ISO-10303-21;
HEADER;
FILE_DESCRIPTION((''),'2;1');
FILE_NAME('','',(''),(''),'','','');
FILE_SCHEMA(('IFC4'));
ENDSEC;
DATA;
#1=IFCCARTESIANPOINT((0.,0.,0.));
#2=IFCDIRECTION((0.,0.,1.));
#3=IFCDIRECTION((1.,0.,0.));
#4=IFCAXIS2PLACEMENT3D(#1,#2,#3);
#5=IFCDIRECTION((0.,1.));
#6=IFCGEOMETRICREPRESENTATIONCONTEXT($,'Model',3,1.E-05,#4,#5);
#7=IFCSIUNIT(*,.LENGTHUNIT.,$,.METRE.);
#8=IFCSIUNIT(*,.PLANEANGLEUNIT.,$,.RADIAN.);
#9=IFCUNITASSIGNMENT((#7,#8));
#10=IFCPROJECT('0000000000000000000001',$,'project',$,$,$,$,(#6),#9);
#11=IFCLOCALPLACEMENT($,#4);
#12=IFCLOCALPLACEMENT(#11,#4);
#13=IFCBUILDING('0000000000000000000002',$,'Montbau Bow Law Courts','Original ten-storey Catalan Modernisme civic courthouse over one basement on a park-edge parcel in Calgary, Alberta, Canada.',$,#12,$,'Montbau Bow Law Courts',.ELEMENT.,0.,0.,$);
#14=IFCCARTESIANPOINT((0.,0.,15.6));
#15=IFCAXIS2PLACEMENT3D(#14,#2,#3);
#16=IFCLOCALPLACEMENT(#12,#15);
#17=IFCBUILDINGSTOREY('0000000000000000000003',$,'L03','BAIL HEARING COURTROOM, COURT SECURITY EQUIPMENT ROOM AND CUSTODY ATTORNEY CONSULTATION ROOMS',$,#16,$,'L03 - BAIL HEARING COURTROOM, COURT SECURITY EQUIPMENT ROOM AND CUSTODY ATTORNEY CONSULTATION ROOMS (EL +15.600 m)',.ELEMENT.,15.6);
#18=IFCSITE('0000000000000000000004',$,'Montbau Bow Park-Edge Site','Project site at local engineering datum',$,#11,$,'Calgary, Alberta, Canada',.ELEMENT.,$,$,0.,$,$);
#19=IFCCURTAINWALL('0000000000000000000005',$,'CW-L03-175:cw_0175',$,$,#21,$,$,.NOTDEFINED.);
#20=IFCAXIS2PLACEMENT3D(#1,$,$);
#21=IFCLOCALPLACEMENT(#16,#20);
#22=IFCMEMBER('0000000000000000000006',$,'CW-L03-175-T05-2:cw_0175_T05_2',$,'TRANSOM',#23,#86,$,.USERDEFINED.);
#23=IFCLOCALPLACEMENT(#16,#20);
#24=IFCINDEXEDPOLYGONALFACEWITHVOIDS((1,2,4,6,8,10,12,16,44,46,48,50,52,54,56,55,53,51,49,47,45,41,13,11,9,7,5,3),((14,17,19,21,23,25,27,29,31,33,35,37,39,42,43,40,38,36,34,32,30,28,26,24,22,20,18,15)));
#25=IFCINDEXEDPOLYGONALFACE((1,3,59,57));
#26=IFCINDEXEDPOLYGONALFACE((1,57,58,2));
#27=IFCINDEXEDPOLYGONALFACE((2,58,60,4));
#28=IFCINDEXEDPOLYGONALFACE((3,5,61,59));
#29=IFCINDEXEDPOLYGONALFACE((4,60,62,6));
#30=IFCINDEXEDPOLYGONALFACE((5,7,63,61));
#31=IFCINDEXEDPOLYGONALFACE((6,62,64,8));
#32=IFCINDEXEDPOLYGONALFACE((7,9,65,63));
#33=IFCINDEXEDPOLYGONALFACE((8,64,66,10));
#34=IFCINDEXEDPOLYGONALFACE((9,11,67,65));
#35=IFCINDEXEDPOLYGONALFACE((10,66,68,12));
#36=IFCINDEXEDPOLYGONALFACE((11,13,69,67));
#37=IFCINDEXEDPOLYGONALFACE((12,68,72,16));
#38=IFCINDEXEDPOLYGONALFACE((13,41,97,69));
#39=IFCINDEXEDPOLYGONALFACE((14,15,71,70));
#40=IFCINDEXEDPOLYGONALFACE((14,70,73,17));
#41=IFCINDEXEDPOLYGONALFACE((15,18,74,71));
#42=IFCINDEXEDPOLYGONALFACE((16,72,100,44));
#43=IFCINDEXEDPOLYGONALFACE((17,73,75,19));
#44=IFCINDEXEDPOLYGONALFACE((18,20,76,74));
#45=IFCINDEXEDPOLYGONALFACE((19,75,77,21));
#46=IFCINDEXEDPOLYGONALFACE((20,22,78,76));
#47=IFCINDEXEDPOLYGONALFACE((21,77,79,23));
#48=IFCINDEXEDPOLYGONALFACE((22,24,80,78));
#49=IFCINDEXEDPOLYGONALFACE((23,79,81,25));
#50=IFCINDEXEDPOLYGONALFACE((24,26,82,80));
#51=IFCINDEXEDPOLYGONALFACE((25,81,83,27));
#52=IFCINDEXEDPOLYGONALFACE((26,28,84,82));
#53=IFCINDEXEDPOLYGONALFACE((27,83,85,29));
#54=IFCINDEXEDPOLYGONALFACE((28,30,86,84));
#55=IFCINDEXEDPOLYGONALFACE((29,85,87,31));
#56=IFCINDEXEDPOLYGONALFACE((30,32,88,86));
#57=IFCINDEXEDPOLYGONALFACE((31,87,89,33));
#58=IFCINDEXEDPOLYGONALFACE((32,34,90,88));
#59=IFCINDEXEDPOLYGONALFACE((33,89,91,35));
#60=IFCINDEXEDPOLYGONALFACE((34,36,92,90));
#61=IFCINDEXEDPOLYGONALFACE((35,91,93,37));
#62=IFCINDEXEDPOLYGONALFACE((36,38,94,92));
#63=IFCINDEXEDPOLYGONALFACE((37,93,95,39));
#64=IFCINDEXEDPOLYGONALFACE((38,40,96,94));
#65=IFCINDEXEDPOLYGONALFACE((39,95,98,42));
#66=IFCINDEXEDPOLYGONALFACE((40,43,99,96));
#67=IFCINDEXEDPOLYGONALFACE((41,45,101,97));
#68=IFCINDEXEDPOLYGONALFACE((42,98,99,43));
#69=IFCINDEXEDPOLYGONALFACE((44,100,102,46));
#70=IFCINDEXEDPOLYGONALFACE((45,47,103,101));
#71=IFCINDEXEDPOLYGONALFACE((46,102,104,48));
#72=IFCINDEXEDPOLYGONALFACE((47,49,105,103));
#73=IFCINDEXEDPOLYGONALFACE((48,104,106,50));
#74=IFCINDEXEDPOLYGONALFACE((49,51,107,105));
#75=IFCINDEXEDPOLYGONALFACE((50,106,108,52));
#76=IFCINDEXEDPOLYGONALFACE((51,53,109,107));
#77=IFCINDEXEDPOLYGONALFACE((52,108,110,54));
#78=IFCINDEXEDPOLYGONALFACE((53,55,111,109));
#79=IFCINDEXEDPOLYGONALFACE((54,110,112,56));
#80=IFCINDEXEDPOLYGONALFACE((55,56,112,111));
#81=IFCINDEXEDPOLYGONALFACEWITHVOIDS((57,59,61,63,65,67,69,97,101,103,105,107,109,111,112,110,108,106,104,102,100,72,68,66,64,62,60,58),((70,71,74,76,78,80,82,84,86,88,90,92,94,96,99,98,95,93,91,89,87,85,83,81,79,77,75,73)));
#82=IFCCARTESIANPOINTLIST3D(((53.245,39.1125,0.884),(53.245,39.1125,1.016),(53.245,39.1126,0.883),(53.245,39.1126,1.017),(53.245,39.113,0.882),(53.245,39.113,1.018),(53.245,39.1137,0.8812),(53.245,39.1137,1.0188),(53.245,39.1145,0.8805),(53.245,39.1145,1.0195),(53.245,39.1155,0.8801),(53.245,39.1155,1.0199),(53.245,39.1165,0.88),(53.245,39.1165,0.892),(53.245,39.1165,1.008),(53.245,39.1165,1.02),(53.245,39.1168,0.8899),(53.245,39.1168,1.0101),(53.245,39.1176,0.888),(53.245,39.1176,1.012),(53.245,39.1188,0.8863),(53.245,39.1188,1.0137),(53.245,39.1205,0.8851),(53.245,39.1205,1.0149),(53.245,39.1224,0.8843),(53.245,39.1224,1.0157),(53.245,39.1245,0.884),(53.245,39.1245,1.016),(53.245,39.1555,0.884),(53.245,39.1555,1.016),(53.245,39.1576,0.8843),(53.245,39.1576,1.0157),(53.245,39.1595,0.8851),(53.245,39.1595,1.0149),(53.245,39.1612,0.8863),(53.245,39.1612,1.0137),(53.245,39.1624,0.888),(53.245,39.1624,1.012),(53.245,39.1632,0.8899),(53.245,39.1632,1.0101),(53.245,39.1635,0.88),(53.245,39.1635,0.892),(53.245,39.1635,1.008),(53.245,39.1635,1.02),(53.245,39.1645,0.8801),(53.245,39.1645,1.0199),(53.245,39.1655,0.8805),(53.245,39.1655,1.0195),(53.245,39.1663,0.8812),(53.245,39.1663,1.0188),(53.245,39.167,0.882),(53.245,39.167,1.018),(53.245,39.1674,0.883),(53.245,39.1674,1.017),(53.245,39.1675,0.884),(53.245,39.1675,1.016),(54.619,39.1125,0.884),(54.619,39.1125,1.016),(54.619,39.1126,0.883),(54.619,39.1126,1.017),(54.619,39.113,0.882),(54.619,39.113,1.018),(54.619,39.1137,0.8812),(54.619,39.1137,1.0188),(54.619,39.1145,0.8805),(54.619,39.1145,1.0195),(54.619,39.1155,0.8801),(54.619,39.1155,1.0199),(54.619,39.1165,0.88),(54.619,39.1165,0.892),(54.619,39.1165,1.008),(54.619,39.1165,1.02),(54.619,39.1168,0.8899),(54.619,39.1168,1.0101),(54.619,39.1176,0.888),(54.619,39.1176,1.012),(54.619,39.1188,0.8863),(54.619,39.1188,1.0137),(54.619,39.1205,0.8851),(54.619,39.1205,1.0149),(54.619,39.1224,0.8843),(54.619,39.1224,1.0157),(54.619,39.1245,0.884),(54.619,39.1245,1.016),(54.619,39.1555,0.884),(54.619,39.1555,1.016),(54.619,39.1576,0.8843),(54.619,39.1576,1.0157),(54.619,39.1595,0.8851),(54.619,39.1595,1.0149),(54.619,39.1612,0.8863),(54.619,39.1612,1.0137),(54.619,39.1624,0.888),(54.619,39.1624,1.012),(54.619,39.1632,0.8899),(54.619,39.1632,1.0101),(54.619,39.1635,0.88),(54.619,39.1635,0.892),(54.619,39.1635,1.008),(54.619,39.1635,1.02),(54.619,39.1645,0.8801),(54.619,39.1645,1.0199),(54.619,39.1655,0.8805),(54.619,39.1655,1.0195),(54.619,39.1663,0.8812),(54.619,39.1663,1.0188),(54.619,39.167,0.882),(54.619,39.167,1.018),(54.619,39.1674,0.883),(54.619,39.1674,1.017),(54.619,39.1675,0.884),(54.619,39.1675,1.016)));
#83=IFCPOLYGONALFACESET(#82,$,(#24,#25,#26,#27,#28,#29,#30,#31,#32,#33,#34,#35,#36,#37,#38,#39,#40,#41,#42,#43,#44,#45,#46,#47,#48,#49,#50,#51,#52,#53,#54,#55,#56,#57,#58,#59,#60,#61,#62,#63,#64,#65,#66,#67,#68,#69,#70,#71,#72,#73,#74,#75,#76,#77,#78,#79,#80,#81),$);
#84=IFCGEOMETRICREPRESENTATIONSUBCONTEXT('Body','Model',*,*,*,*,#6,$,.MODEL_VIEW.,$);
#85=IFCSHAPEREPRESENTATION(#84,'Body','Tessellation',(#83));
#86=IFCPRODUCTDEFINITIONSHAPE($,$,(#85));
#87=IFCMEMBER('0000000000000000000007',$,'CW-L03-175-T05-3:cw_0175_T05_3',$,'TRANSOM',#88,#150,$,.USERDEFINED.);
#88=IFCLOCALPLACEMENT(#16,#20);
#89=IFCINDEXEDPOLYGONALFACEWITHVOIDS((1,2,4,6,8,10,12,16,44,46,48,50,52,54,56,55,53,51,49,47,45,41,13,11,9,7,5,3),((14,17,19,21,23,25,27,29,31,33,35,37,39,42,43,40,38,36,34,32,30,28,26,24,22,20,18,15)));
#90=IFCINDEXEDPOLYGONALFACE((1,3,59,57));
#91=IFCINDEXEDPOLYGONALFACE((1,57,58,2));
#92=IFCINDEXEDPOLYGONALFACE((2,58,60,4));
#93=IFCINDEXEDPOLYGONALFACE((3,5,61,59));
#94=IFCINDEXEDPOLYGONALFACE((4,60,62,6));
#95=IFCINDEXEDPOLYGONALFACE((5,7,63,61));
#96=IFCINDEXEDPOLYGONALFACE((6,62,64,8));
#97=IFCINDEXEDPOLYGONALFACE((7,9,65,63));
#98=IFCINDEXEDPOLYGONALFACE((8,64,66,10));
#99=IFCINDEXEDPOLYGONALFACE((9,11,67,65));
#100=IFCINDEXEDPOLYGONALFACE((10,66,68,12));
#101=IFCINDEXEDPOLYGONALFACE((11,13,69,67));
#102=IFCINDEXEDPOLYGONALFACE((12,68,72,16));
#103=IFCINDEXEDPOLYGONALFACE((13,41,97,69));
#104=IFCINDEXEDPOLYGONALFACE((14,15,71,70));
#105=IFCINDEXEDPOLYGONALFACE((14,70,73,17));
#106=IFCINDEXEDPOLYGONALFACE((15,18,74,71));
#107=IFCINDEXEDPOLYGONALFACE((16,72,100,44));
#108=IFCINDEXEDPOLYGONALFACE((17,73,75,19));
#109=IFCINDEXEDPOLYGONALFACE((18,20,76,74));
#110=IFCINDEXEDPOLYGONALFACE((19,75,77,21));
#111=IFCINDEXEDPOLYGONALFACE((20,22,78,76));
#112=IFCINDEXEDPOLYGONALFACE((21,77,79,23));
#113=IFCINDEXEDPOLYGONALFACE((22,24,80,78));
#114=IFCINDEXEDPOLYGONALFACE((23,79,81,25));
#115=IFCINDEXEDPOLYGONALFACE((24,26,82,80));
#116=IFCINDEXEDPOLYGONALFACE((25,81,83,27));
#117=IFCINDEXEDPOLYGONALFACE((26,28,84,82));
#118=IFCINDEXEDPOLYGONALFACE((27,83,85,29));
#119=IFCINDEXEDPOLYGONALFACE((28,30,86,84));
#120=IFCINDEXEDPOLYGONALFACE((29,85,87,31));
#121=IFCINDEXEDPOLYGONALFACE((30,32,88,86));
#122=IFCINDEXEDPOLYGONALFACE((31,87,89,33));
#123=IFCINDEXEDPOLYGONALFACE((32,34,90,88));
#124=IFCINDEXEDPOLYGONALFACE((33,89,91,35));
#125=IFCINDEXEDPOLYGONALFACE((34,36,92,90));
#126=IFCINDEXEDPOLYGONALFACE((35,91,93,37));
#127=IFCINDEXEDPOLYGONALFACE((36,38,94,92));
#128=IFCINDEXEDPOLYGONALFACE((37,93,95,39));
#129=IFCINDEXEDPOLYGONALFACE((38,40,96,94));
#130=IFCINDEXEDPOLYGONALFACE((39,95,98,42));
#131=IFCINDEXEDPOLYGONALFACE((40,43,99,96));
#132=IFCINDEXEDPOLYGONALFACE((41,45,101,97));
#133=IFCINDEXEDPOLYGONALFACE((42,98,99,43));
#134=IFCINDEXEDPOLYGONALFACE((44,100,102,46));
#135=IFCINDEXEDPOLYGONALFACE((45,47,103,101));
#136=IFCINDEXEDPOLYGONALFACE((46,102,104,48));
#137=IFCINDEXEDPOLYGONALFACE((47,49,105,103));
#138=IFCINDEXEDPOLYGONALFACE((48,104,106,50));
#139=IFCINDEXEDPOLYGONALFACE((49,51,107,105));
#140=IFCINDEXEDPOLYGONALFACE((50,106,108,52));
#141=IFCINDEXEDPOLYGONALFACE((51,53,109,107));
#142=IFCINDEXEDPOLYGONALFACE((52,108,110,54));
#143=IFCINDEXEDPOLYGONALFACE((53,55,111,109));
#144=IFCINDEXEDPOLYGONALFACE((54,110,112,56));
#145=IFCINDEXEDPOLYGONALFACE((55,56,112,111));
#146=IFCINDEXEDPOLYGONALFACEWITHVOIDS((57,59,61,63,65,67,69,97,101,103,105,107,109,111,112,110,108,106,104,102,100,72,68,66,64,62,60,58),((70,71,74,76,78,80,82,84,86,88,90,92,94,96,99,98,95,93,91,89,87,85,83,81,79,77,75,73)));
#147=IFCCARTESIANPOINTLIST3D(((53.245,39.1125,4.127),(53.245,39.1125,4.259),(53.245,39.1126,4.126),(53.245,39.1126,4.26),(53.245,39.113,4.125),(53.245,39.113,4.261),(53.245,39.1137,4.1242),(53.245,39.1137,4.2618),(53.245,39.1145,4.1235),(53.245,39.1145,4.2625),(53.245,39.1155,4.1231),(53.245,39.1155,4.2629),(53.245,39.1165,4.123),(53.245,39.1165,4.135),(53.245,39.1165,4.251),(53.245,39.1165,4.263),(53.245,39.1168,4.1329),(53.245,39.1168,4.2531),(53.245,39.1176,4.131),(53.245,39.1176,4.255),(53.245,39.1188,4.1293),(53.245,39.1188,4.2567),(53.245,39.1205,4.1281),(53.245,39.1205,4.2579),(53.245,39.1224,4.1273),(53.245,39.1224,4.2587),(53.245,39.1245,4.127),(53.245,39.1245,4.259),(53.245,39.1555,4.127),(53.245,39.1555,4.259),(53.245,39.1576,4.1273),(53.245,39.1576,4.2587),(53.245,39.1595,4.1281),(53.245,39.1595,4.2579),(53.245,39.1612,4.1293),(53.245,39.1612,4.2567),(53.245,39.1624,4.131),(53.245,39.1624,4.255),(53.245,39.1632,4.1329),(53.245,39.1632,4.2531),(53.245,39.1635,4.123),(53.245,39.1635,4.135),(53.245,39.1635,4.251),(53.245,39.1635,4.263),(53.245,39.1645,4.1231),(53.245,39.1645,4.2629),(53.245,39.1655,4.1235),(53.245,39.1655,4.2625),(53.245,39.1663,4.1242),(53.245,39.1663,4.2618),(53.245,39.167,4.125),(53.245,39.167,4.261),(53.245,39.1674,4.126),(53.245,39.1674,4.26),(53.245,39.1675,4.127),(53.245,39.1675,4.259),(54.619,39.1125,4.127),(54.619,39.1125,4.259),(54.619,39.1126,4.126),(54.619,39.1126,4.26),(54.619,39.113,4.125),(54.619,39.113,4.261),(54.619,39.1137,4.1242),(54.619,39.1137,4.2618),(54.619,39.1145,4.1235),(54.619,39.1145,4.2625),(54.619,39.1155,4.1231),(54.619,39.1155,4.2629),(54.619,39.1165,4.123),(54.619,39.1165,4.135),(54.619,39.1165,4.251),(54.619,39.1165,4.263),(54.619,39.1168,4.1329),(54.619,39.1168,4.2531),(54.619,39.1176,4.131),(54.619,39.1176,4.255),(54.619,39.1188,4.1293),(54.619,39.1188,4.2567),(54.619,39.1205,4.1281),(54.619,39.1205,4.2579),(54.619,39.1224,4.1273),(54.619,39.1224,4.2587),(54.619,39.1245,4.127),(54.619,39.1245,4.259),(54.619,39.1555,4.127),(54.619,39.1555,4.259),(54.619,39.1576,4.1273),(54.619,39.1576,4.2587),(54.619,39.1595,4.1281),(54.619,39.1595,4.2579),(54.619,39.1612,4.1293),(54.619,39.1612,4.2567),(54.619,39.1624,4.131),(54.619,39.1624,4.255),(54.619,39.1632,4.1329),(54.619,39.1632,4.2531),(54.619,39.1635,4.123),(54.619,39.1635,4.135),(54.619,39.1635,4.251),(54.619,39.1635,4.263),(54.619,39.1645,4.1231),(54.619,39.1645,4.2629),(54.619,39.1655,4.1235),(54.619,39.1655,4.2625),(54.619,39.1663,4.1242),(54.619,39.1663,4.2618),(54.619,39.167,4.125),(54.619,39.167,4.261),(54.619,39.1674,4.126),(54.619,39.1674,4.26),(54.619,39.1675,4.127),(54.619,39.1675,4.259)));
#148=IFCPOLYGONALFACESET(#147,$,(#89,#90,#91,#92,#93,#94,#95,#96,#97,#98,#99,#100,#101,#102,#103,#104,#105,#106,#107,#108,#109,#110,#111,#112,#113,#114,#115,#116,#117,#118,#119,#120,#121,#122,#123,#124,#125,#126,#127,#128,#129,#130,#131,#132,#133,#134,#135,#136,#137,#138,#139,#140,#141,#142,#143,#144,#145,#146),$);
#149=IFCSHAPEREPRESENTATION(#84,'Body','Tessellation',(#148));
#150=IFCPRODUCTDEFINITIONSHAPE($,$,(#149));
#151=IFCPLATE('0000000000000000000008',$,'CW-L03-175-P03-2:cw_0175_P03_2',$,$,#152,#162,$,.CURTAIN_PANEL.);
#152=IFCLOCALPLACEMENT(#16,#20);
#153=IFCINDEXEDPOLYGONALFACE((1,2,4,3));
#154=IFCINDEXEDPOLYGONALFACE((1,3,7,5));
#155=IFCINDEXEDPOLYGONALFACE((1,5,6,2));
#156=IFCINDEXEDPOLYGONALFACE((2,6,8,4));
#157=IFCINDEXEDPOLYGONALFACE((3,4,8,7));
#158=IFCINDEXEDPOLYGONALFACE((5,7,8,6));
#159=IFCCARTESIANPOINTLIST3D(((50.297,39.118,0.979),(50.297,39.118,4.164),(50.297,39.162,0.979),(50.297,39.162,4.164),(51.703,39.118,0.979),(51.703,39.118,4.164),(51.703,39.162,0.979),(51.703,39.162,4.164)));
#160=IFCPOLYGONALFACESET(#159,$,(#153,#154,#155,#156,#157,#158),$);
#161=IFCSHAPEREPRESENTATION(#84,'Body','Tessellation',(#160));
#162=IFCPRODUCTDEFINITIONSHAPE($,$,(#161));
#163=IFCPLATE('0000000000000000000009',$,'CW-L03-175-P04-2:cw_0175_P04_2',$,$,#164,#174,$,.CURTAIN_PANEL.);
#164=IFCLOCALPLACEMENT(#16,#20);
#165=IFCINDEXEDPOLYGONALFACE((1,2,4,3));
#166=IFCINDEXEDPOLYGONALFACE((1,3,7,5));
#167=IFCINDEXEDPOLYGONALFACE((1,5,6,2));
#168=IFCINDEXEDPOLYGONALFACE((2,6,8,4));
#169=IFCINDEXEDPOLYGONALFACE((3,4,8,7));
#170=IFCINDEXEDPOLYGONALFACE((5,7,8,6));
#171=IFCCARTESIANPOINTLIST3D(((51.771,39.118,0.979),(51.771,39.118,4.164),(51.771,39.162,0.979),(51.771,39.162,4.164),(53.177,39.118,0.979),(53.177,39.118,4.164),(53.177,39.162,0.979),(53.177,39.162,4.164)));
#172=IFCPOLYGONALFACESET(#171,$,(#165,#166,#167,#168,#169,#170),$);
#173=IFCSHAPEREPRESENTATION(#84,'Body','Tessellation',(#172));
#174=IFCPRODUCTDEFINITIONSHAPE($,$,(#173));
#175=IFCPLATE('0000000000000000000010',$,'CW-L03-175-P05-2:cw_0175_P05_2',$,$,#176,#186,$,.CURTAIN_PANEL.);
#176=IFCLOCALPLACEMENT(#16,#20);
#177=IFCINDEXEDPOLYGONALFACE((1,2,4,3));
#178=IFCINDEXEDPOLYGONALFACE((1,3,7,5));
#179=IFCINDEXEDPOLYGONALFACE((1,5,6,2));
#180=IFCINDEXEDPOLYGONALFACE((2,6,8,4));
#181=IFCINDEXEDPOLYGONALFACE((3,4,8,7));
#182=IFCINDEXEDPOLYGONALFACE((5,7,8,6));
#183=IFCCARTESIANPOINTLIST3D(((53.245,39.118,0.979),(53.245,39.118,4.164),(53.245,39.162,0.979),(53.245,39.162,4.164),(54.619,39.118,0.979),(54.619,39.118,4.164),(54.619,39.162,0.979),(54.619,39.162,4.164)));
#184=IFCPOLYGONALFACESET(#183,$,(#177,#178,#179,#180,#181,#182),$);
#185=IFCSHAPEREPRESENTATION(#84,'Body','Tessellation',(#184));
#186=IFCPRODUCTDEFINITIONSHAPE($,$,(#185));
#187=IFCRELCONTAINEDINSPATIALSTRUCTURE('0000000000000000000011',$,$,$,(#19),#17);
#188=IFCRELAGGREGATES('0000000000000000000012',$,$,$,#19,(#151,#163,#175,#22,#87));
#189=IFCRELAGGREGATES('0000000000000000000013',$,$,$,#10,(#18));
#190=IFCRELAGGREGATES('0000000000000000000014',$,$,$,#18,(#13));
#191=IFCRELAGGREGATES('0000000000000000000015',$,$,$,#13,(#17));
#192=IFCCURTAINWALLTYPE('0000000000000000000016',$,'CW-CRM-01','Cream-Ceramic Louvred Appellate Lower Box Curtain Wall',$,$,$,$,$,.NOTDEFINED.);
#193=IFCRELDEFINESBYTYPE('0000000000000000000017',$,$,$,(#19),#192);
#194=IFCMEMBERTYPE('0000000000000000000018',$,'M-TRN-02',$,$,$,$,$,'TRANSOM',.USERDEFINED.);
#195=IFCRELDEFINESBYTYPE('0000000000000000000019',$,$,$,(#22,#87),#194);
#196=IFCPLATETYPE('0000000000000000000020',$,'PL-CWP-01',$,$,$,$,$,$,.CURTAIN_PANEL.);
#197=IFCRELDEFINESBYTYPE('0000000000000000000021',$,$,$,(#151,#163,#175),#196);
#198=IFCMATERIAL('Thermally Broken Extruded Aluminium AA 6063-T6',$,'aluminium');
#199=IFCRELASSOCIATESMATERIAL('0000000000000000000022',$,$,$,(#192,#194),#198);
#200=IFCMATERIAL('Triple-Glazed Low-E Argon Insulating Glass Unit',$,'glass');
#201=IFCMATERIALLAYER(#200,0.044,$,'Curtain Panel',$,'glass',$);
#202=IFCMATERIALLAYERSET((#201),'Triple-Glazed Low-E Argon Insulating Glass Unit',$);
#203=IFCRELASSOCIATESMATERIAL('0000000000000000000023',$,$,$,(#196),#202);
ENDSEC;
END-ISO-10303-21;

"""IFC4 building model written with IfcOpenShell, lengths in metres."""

from ifc_helpers import new_model, si_unit, direction, frame, frame_2d, origin_with_axes, origin_2d_with_axis, place, context, subcontext, project, spatial, rectangle, hollow_rectangle, extrude, material, layer, layer_set, material_profile, profile_set, type_object, element, aggregate, save


model = new_model("IFC4")

# Units and contexts
model_context = context("Model", 3, precision=1e-05, world=origin_with_axes(), true_north=direction((0.0, 1.0)))
body_context = subcontext(model_context, "Body", "Model", "MODEL_VIEW")
ifc_project = project(units=[si_unit("LENGTHUNIT", "METRE"), si_unit("PLANEANGLEUNIT", "RADIAN")], contexts=[model_context])

# Site, building, storey
site_placement = place(None, origin_with_axes())
site = spatial("IfcSite", under=ifc_project, at=site_placement, Name="Montbau Bow Park-Edge Site", Description="Project site at local engineering datum", LongName="Calgary, Alberta, Canada", CompositionType="ELEMENT", RefElevation=0.0)
building_placement = place(site_placement, origin_with_axes())
building = spatial("IfcBuilding", under=site, at=building_placement, Name="Montbau Bow Law Courts", Description="Original ten-storey Catalan Modernisme civic courthouse over one basement on a park-edge parcel in Calgary, Alberta, Canada.", LongName="Montbau Bow Law Courts", CompositionType="ELEMENT", ElevationOfRefHeight=0.0, ElevationOfTerrain=0.0)
storey_placement = place(building_placement, frame((0.0, 0.0, 15.6), z_axis=(0.0, 0.0, 1.0), x_axis=(1.0, 0.0, 0.0)))
storey = spatial("IfcBuildingStorey", under=building, at=storey_placement, Name="L03", Description="BAIL HEARING COURTROOM, COURT SECURITY EQUIPMENT ROOM AND CUSTODY ATTORNEY CONSULTATION ROOMS", LongName="L03 - BAIL HEARING COURTROOM, COURT SECURITY EQUIPMENT ROOM AND CUSTODY ATTORNEY CONSULTATION ROOMS (EL +15.600 m)", CompositionType="ELEMENT", Elevation=15.6)

# Curtain wall
ifc_material_1 = material(Name="Thermally Broken Extruded Aluminium AA 6063-T6", Category="aluminium")
curtain_wall_type = type_object("IfcCurtainWallType", Name="CW-CRM-01", Description="Cream-Ceramic Louvred Appellate Lower Box Curtain Wall", PredefinedType="NOTDEFINED", material=ifc_material_1)
curtain_wall_1_placement = place(None, frame((47.315, 39.14, 15.6), z_axis=(0.0, 0.0, 1.0), x_axis=(1.0, 0.0, 0.0)))
curtain_wall_1 = element("IfcCurtainWall", 1, at=curtain_wall_1_placement, inside=storey, type_object=curtain_wall_type, Name="CW-L03-175:cw_0175", PredefinedType="NOTDEFINED")

# Members
ifc_material_profile_1 = material_profile(ifc_material_1, hollow_rectangle(XDim=0.055, YDim=0.14, WallThickness=0.004, InnerFilletRadius=0.008, OuterFilletRadius=0.004, at=origin_2d_with_axis()), Name="CWT-140X55", Category="Main", Priority=0)
ifc_profile_set_1 = profile_set([ifc_material_profile_1], Name="Thermally Broken Extruded Aluminium AA 6063-T6")
member_type_1 = type_object("IfcMemberType", Name="M-TRN-02", ElementType="TRANSOM", PredefinedType="USERDEFINED", material=ifc_profile_set_1)
member_1_placement = place(None, frame((53.245, 39.14, 16.55), z_axis=(1.0, 0.0, 0.0), x_axis=(0.0, 1.0, 0.0)))
member_1 = element("IfcMember", 2, at=member_1_placement, type_object=member_type_1, Name="CW-L03-175-T05-2:cw_0175_T05_2", ObjectType="TRANSOM", PredefinedType="USERDEFINED", context=body_context, shape_type="SweptSolid", body=[
    extrude(hollow_rectangle(XDim=0.055, YDim=0.14, WallThickness=0.004, InnerFilletRadius=0.008, OuterFilletRadius=0.004, at=origin_2d_with_axis()), origin_with_axes(), (0.0, 0.0, 1.0), 1.374),
])
member_2_placement = place(None, frame((53.245, 39.14, 19.793), z_axis=(1.0, 0.0, 0.0), x_axis=(0.0, 1.0, 0.0)))
member_2 = element("IfcMember", 3, at=member_2_placement, type_object=member_type_1, Name="CW-L03-175-T05-3:cw_0175_T05_3", ObjectType="TRANSOM", PredefinedType="USERDEFINED", context=body_context, shape_type="SweptSolid", body=[
    extrude(hollow_rectangle(XDim=0.055, YDim=0.14, WallThickness=0.004, InnerFilletRadius=0.008, OuterFilletRadius=0.004, at=origin_2d_with_axis()), origin_with_axes(), (0.0, 0.0, 1.0), 1.374),
])

# Plates
ifc_material_2 = material(Name="Triple-Glazed Low-E Argon Insulating Glass Unit", Category="glass")
ifc_layer_1 = layer(ifc_material_2, 0.044, Name="Curtain Panel", Category="glass")
ifc_layer_set_1 = layer_set([ifc_layer_1], Name="Triple-Glazed Low-E Argon Insulating Glass Unit")
plate_type_1 = type_object("IfcPlateType", Name="PL-CWP-01", PredefinedType="CURTAIN_PANEL", material=ifc_layer_set_1)
plate_1_placement = place(None, frame((50.297, 39.14, 16.579), z_axis=(0.0, -1.0, 0.0), x_axis=(1.0, 0.0, 0.0)))
plate_1 = element("IfcPlate", 4, at=plate_1_placement, type_object=plate_type_1, Name="CW-L03-175-P03-2:cw_0175_P03_2", PredefinedType="CURTAIN_PANEL", context=body_context, shape_type="SweptSolid", body=[
    extrude(rectangle(XDim=1.406, YDim=3.185, at=frame_2d((0.703, 1.5925), x_axis=(1.0, 0.0))), frame((0.0, 0.0, -0.022), z_axis=(0.0, 0.0, 1.0), x_axis=(1.0, 0.0, 0.0)), (0.0, 0.0, 1.0), 0.044),
])
plate_2_placement = place(None, frame((51.771, 39.14, 16.579), z_axis=(0.0, -1.0, 0.0), x_axis=(1.0, 0.0, 0.0)))
plate_2 = element("IfcPlate", 5, at=plate_2_placement, type_object=plate_type_1, Name="CW-L03-175-P04-2:cw_0175_P04_2", PredefinedType="CURTAIN_PANEL", context=body_context, shape_type="SweptSolid", body=[
    extrude(rectangle(XDim=1.406, YDim=3.185, at=frame_2d((0.703, 1.5925), x_axis=(1.0, 0.0))), frame((0.0, 0.0, -0.022), z_axis=(0.0, 0.0, 1.0), x_axis=(1.0, 0.0, 0.0)), (0.0, 0.0, 1.0), 0.044),
])
plate_3_placement = place(None, frame((53.245, 39.14, 16.579), z_axis=(0.0, -1.0, 0.0), x_axis=(1.0, 0.0, 0.0)))
plate_3 = element("IfcPlate", 6, at=plate_3_placement, type_object=plate_type_1, Name="CW-L03-175-P05-2:cw_0175_P05_2", PredefinedType="CURTAIN_PANEL", context=body_context, shape_type="SweptSolid", body=[
    extrude(rectangle(XDim=1.374, YDim=3.185, at=frame_2d((0.687, 1.5925), x_axis=(1.0, 0.0))), frame((0.0, 0.0, -0.022), z_axis=(0.0, 0.0, 1.0), x_axis=(1.0, 0.0, 0.0)), (0.0, 0.0, 1.0), 0.044),
])
aggregate(curtain_wall_1, [plate_1, plate_2, plate_3, member_1, member_2])

save(model, "model.ifc")
